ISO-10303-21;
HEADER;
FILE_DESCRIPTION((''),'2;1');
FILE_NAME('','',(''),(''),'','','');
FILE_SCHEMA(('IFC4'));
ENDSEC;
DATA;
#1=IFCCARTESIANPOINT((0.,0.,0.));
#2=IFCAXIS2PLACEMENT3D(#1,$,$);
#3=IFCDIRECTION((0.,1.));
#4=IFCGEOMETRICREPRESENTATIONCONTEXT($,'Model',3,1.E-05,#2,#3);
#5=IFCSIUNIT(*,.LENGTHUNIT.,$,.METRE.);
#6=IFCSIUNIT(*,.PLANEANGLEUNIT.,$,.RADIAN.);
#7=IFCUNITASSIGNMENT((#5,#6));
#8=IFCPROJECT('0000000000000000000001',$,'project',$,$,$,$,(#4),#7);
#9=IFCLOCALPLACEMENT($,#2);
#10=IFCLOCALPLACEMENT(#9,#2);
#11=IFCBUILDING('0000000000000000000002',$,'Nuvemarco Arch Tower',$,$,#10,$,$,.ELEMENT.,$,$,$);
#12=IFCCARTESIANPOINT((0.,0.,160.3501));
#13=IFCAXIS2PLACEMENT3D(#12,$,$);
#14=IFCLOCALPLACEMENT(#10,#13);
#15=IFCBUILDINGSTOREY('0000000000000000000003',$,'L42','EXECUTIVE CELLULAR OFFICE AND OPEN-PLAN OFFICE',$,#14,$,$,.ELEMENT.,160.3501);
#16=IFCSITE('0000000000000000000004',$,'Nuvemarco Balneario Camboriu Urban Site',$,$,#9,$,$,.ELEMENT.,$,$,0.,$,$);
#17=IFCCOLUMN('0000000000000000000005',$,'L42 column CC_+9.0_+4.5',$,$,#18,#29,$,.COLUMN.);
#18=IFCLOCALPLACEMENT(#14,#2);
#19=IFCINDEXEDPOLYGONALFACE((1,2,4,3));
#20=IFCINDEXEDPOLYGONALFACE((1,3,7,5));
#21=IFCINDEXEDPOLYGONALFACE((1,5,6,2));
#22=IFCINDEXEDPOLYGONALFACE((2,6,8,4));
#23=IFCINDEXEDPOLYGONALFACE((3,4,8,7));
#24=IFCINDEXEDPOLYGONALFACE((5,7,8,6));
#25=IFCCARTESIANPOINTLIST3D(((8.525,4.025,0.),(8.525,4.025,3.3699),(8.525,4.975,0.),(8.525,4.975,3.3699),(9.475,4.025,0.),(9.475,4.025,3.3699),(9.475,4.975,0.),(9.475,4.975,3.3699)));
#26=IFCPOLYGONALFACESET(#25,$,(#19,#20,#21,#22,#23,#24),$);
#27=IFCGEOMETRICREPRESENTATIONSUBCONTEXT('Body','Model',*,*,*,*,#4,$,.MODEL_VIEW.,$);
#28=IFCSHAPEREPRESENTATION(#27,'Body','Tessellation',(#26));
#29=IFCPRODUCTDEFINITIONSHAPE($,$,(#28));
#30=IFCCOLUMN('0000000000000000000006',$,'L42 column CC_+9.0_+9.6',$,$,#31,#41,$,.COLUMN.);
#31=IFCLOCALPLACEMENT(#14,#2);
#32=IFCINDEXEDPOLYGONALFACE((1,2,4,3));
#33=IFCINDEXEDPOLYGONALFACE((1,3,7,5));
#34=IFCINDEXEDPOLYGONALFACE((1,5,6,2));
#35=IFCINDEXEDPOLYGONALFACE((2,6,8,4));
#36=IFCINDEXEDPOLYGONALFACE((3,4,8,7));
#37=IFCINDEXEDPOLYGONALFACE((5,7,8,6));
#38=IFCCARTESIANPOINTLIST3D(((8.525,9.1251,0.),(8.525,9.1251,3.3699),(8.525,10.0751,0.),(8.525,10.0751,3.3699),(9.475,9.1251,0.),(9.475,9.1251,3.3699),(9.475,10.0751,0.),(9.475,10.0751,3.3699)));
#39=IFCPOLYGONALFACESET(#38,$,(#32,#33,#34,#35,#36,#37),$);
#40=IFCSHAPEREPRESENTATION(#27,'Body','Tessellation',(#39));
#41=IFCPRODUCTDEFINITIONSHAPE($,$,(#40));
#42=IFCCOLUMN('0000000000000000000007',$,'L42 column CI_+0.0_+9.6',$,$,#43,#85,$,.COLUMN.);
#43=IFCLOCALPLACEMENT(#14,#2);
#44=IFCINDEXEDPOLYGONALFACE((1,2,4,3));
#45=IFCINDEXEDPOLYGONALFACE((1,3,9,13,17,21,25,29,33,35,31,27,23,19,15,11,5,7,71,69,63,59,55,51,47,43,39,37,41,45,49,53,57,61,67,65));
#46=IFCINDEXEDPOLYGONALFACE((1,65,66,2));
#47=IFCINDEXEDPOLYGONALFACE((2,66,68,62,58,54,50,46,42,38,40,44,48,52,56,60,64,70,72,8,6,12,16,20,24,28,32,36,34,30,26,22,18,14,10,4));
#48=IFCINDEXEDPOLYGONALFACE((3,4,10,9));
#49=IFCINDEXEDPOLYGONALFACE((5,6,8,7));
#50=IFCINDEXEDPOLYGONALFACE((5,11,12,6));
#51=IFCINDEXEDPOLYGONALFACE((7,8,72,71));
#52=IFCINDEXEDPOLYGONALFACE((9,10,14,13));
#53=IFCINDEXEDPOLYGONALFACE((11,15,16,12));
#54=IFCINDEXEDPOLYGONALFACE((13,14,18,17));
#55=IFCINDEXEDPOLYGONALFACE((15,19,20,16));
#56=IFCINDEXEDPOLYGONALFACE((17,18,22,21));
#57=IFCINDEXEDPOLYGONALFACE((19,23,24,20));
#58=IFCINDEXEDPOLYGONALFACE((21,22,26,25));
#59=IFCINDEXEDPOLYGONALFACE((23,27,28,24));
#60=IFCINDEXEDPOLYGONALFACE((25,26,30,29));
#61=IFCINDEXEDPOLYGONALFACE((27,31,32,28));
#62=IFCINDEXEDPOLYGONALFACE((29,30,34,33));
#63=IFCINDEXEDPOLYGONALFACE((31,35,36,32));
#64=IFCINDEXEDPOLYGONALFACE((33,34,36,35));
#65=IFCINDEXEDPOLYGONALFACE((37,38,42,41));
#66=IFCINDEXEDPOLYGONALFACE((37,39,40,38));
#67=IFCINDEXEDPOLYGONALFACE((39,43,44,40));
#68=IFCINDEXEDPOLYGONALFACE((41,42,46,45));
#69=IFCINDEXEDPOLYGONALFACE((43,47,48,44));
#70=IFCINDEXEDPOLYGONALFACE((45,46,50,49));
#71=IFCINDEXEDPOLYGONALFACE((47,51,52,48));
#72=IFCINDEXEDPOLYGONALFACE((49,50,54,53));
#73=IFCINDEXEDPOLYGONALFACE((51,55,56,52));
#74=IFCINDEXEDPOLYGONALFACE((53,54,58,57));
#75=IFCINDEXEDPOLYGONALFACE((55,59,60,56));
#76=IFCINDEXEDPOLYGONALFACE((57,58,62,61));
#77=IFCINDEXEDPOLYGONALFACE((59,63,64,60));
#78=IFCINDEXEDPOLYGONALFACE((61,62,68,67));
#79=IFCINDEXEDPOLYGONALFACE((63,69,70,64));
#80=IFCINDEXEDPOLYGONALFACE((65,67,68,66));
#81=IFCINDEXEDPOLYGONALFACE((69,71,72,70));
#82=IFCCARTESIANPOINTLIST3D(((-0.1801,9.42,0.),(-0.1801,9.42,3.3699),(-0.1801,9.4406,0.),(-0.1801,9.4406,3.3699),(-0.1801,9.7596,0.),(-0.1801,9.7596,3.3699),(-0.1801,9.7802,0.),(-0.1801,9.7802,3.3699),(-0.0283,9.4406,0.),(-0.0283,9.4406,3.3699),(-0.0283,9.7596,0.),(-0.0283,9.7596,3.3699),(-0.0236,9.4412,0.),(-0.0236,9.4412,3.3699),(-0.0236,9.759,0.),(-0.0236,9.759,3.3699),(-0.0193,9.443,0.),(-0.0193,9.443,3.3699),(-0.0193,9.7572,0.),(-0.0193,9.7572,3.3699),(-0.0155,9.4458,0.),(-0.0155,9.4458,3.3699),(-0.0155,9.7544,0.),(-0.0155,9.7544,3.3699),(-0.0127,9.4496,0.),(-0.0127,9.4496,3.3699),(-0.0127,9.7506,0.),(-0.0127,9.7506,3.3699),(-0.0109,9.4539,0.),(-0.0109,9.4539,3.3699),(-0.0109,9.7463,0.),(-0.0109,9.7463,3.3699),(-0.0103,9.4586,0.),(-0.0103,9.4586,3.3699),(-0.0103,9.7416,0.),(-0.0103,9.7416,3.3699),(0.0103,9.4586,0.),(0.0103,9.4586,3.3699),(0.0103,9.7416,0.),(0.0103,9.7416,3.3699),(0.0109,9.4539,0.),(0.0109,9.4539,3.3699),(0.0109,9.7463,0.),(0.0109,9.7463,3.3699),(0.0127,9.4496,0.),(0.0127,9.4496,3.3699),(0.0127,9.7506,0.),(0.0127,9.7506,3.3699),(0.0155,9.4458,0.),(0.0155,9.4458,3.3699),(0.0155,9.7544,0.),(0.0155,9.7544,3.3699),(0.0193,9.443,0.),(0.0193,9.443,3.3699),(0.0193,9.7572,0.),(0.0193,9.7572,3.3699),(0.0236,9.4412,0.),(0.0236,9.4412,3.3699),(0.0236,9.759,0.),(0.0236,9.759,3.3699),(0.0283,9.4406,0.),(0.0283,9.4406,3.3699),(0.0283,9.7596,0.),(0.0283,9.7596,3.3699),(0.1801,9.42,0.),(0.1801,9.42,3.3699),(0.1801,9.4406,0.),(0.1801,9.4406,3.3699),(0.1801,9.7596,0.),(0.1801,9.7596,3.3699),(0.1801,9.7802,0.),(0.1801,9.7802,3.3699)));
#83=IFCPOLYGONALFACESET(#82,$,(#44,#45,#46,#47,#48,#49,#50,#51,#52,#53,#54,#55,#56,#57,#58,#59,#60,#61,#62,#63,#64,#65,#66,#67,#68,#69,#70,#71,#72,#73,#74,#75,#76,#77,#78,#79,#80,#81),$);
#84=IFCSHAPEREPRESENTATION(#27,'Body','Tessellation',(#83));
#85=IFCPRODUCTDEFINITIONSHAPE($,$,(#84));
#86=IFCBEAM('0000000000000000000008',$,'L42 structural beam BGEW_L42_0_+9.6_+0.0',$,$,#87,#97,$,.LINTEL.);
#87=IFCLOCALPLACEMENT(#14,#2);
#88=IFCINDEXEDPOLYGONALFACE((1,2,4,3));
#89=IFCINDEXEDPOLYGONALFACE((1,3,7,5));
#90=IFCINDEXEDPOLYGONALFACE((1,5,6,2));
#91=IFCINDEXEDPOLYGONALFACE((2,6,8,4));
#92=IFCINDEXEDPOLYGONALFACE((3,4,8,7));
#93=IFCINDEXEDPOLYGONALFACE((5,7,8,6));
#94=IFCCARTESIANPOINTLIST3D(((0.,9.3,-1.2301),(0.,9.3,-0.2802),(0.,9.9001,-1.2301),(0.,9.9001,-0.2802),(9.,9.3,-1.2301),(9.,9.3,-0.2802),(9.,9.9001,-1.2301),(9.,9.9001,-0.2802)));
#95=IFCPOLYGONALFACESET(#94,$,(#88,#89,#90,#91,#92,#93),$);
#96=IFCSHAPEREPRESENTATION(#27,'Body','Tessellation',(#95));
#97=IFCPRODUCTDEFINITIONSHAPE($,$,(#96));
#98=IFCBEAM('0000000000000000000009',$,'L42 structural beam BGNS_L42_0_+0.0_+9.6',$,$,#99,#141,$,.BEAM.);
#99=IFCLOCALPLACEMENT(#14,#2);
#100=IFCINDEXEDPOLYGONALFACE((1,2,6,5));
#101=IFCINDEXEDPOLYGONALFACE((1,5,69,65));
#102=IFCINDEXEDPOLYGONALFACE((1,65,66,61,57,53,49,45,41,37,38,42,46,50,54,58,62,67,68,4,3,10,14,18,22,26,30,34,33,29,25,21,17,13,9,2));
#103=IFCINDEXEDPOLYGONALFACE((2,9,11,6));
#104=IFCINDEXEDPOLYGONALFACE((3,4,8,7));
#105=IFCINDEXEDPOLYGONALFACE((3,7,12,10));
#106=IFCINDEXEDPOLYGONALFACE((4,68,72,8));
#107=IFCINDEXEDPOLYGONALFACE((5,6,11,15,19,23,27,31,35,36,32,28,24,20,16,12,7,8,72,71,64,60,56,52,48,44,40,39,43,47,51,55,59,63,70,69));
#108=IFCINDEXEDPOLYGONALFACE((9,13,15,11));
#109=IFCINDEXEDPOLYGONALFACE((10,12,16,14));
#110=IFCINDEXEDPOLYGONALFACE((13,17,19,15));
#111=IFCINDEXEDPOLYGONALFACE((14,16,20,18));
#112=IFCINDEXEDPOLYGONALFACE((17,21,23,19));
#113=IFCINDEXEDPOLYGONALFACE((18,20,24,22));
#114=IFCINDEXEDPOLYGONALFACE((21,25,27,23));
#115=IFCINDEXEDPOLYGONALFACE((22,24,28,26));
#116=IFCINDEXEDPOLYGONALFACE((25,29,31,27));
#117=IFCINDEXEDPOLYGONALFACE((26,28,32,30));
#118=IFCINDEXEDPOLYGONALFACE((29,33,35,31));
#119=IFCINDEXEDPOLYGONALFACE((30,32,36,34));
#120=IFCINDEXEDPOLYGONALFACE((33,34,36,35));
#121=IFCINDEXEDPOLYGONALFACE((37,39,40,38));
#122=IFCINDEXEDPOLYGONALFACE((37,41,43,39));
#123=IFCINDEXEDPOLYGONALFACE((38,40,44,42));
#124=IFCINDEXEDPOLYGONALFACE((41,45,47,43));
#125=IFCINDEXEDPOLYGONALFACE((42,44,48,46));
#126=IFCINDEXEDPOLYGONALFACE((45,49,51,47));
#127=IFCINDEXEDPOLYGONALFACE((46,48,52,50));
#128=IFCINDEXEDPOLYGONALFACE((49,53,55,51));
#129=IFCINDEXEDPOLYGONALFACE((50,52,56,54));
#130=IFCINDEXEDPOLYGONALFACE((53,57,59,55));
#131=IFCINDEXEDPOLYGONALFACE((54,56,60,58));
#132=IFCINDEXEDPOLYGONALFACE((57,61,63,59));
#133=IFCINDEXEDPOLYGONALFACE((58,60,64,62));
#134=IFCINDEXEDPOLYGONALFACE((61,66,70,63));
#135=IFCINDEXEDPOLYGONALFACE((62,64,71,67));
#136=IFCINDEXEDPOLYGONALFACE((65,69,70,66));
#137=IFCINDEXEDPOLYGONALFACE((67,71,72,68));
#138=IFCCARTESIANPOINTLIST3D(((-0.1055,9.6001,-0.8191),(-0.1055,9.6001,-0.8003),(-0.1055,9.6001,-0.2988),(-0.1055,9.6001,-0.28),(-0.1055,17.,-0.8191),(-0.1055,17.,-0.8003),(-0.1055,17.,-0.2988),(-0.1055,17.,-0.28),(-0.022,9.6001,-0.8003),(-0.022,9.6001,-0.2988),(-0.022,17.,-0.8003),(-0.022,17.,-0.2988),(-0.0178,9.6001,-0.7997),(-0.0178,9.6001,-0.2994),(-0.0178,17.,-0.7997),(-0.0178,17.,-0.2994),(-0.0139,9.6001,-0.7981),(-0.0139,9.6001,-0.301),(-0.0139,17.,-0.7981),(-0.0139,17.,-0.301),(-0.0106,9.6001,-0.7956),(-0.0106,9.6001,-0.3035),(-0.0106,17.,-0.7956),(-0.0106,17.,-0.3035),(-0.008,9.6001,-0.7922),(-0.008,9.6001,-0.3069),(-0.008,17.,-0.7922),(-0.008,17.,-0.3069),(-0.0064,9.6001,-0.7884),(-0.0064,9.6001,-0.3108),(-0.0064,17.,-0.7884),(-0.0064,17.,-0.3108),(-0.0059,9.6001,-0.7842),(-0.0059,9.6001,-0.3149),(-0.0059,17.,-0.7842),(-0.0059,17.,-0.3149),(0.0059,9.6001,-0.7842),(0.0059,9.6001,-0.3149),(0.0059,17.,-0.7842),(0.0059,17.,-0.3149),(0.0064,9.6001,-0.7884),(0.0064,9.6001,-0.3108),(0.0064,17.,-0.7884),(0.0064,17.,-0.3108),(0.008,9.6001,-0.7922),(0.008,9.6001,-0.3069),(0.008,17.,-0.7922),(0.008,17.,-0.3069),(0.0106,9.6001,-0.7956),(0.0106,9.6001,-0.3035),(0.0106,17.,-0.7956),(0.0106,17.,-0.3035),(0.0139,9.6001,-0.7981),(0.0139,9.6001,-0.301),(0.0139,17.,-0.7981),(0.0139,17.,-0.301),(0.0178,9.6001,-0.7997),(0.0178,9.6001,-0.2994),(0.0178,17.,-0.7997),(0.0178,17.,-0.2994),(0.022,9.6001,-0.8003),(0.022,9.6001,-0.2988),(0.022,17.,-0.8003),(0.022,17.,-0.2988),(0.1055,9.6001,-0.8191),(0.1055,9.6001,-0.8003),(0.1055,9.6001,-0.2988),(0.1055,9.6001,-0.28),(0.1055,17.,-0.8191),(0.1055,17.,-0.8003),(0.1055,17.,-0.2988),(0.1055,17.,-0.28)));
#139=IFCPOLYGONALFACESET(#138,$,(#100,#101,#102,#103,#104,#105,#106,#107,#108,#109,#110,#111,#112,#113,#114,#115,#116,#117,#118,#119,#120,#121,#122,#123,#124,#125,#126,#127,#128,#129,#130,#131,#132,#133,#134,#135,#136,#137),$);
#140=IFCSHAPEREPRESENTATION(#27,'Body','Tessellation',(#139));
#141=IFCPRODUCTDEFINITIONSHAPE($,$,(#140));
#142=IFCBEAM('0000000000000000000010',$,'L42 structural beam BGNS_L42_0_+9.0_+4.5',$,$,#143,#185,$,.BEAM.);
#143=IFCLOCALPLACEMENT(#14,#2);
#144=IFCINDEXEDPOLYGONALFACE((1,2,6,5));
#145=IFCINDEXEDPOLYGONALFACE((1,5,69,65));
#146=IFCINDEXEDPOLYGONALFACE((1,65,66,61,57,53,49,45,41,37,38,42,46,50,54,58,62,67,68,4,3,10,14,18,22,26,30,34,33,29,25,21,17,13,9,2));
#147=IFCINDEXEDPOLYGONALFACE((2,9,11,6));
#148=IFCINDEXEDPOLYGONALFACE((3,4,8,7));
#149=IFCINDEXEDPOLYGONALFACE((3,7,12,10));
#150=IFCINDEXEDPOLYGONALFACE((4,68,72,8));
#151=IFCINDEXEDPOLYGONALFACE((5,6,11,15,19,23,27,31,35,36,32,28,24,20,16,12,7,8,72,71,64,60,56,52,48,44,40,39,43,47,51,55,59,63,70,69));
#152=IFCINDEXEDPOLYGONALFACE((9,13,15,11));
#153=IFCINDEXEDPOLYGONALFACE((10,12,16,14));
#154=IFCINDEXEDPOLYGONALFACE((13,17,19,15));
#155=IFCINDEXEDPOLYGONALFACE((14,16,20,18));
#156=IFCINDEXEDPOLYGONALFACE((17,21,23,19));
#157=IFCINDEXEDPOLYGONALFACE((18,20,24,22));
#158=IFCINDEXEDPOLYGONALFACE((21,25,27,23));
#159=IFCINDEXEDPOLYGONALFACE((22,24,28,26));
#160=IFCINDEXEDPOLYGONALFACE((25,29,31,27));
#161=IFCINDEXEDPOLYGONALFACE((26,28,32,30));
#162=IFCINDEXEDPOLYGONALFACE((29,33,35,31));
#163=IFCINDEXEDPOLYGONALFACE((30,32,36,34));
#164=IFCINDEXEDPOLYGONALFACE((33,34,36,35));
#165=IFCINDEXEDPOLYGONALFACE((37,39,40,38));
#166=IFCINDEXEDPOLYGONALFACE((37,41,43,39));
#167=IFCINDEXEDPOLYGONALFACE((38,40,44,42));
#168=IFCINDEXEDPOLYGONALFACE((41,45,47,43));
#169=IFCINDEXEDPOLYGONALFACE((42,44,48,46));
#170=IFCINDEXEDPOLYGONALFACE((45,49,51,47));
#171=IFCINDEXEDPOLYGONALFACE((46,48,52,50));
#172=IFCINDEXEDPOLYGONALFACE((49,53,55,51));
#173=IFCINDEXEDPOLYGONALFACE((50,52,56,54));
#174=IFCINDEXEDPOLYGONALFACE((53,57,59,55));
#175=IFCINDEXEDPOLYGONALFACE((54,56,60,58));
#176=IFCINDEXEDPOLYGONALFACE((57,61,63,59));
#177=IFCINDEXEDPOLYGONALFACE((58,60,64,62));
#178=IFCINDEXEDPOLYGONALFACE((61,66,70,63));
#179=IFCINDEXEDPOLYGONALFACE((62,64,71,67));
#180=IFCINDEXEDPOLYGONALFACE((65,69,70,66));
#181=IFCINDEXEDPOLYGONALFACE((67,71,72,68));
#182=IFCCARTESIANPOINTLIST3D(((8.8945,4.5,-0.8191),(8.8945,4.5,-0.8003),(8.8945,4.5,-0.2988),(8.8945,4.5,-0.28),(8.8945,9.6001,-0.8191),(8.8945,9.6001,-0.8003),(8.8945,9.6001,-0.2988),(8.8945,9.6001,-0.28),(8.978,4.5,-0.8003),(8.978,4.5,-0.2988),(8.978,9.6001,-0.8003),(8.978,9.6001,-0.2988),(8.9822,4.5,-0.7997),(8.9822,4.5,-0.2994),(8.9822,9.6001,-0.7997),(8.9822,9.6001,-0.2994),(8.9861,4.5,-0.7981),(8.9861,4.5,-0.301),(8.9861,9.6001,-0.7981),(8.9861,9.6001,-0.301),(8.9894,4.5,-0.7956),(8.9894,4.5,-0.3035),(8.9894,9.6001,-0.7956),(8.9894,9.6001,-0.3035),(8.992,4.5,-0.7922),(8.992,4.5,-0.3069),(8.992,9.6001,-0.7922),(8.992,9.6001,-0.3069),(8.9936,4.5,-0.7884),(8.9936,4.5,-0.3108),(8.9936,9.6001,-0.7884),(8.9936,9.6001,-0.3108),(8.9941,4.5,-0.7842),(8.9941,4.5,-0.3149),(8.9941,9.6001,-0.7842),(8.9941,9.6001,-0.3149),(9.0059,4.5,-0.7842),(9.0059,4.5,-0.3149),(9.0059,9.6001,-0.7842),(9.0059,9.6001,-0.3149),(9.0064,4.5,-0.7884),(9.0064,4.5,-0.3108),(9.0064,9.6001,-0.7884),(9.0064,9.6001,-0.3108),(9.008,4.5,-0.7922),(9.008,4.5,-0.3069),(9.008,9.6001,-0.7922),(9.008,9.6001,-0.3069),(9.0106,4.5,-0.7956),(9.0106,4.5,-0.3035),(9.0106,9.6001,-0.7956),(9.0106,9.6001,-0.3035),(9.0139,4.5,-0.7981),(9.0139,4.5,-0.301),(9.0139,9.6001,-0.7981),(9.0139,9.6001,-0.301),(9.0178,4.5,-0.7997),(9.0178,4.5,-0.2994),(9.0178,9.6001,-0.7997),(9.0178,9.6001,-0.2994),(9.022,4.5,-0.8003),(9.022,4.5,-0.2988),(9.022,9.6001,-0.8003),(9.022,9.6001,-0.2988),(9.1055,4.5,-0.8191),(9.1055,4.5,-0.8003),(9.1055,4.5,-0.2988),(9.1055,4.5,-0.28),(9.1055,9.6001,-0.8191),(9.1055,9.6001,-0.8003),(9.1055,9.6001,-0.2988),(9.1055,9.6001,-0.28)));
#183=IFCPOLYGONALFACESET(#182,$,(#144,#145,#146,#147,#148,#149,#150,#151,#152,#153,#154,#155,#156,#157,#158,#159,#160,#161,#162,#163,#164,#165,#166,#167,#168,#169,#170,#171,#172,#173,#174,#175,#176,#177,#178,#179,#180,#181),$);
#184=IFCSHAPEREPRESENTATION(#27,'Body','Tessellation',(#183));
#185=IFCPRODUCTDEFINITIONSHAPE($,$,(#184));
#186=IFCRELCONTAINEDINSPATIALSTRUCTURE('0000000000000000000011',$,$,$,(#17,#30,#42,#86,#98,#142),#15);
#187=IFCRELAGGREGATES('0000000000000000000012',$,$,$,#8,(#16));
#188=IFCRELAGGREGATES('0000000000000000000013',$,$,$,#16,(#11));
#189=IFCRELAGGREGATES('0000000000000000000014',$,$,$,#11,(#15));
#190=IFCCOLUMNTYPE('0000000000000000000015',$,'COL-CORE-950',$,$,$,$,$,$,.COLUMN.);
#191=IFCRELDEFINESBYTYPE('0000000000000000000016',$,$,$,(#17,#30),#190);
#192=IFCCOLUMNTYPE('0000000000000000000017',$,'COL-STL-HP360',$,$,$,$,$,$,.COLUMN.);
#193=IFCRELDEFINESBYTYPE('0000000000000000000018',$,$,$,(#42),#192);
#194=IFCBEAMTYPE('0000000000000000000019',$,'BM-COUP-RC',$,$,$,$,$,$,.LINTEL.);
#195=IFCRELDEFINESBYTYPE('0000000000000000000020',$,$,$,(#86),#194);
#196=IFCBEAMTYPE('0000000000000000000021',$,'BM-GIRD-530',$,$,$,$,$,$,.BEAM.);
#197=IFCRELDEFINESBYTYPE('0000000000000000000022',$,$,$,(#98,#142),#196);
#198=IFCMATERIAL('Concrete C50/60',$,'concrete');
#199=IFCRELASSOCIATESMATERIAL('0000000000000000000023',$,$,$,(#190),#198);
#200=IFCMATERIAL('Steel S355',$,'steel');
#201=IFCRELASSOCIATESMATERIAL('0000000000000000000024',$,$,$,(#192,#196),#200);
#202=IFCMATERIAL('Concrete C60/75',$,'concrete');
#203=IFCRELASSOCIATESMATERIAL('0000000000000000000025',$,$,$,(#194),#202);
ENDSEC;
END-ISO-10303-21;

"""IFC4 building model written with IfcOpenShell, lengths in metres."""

from ifc_helpers import new_model, si_unit, direction, frame, origin, origin_2d, place, context, subcontext, project, spatial, rectangle, i_section, extrude, material, material_profile, profile_set, type_object, element, save


model = new_model("IFC4")

# Units and contexts
model_context = context("Model", 3, precision=1e-05, world=origin(), true_north=direction((0.0, 1.0)))
body_context = subcontext(model_context, "Body", "Model", "MODEL_VIEW")
ifc_project = project(units=[si_unit("LENGTHUNIT", "METRE"), si_unit("PLANEANGLEUNIT", "RADIAN")], contexts=[model_context])

# Site, building, storey
site_placement = place(None, origin())
site = spatial("IfcSite", under=ifc_project, at=site_placement, Name="Nuvemarco Balneario Camboriu Urban Site", CompositionType="ELEMENT", RefElevation=0.0)
building_placement = place(site_placement, origin())
building = spatial("IfcBuilding", under=site, at=building_placement, Name="Nuvemarco Arch Tower", CompositionType="ELEMENT")
storey_placement = place(building_placement, frame((0.0, 0.0, 160.3501)))
storey = spatial("IfcBuildingStorey", under=building, at=storey_placement, Name="L42", Description="EXECUTIVE CELLULAR OFFICE AND OPEN-PLAN OFFICE", CompositionType="ELEMENT", Elevation=160.3501)

# Columns
ifc_material_1 = material(Name="Concrete C50/60", Category="concrete")
ifc_material_profile_1 = material_profile(ifc_material_1, rectangle(XDim=0.95, YDim=0.95, at=origin_2d()), Name="RC-COL-950x950")
ifc_profile_set_1 = profile_set([ifc_material_profile_1], Name="Concrete C50/60")
column_type_1 = type_object("IfcColumnType", Name="COL-CORE-950", PredefinedType="COLUMN", material=ifc_profile_set_1)
for number, where, z_axis, x_axis, name in (
    (1, (9.0, 4.5, 0.0), (0.0, 0.0, 1.0), (1.0, 0.0, 0.0), "L42 column CC_+9.0_+4.5"),
    (2, (9.0, 9.6001, 0.0), (0.0, 0.0, 1.0), (1.0, 0.0, 0.0), "L42 column CC_+9.0_+9.6"),
):
    element("IfcColumn", number, at=place(storey_placement, frame(where, z_axis=z_axis, x_axis=x_axis)), inside=storey, type_object=column_type_1, Name=name, PredefinedType="COLUMN", context=body_context, shape_type="SweptSolid", body=[
        extrude(rectangle(XDim=0.95, YDim=0.95, at=origin_2d()), origin(), (0.0, 0.0, 1.0), 3.3699),
    ])
ifc_material_2 = material(Name="Steel S355", Category="steel")
ifc_material_profile_2 = material_profile(ifc_material_2, i_section(OverallWidth=0.3601, OverallDepth=0.3601, WebThickness=0.0205, FlangeThickness=0.0205, FilletRadius=0.0181, at=origin_2d()), Name="HP360x174")
ifc_profile_set_2 = profile_set([ifc_material_profile_2], Name="Steel S355")
column_type_2 = type_object("IfcColumnType", Name="COL-STL-HP360", PredefinedType="COLUMN", material=ifc_profile_set_2)
column_placement = place(storey_placement, frame((0.0, 9.6001, 0.0), z_axis=(0.0, 0.0, 1.0), x_axis=(1.0, 0.0, 0.0)))
element("IfcColumn", 3, at=column_placement, inside=storey, type_object=column_type_2, Name="L42 column CI_+0.0_+9.6", PredefinedType="COLUMN", context=body_context, shape_type="SweptSolid", body=[
    extrude(i_section(OverallWidth=0.3601, OverallDepth=0.3601, WebThickness=0.0205, FlangeThickness=0.0205, FilletRadius=0.0181, at=origin_2d()), origin(), (0.0, 0.0, 1.0), 3.3699),
])

# Beams
ifc_material_3 = material(Name="Concrete C60/75", Category="concrete")
ifc_material_profile_3 = material_profile(ifc_material_3, rectangle(XDim=0.6001, YDim=0.95, at=origin_2d()), Name="RC-BM-600x950")
ifc_profile_set_3 = profile_set([ifc_material_profile_3], Name="Concrete C60/75")
beam_type_1 = type_object("IfcBeamType", Name="BM-COUP-RC", PredefinedType="LINTEL", material=ifc_profile_set_3)
beam_1_placement = place(storey_placement, frame((0.0, 9.6001, -0.7551), z_axis=(1.0, 0.0, 0.0), x_axis=(0.0, 1.0, 0.0)))
element("IfcBeam", 4, at=beam_1_placement, inside=storey, type_object=beam_type_1, Name="L42 structural beam BGEW_L42_0_+9.6_+0.0", PredefinedType="LINTEL", context=body_context, shape_type="SweptSolid", body=[
    extrude(rectangle(XDim=0.6001, YDim=0.95, at=origin_2d()), origin(), (0.0, 0.0, 1.0), 9.0),
])
ifc_material_profile_4 = material_profile(ifc_material_2, i_section(OverallWidth=0.2109, OverallDepth=0.5391, WebThickness=0.0117, FlangeThickness=0.0188, FilletRadius=0.0161, at=origin_2d()), Name="W530x109")
ifc_profile_set_4 = profile_set([ifc_material_profile_4], Name="Steel S355")
beam_type_2 = type_object("IfcBeamType", Name="BM-GIRD-530", PredefinedType="BEAM", material=ifc_profile_set_4)
beam_2_placement = place(storey_placement, frame((0.0, 9.6001, -0.5496), z_axis=(0.0, 1.0, 0.0), x_axis=(-1.0, 0.0, 0.0)))
element("IfcBeam", 5, at=beam_2_placement, inside=storey, type_object=beam_type_2, Name="L42 structural beam BGNS_L42_0_+0.0_+9.6", PredefinedType="BEAM", context=body_context, shape_type="SweptSolid", body=[
    extrude(i_section(OverallWidth=0.2109, OverallDepth=0.5391, WebThickness=0.0117, FlangeThickness=0.0188, FilletRadius=0.0161, at=origin_2d()), origin(), (0.0, 0.0, 1.0), 7.3999),
])
beam_3_placement = place(storey_placement, frame((9.0, 4.5, -0.5496), z_axis=(0.0, 1.0, 0.0), x_axis=(-1.0, 0.0, 0.0)))
element("IfcBeam", 6, at=beam_3_placement, inside=storey, type_object=beam_type_2, Name="L42 structural beam BGNS_L42_0_+9.0_+4.5", PredefinedType="BEAM", context=body_context, shape_type="SweptSolid", body=[
    extrude(i_section(OverallWidth=0.2109, OverallDepth=0.5391, WebThickness=0.0117, FlangeThickness=0.0188, FilletRadius=0.0161, at=origin_2d()), origin(), (0.0, 0.0, 1.0), 5.1001),
])

save(model, "model.ifc")
